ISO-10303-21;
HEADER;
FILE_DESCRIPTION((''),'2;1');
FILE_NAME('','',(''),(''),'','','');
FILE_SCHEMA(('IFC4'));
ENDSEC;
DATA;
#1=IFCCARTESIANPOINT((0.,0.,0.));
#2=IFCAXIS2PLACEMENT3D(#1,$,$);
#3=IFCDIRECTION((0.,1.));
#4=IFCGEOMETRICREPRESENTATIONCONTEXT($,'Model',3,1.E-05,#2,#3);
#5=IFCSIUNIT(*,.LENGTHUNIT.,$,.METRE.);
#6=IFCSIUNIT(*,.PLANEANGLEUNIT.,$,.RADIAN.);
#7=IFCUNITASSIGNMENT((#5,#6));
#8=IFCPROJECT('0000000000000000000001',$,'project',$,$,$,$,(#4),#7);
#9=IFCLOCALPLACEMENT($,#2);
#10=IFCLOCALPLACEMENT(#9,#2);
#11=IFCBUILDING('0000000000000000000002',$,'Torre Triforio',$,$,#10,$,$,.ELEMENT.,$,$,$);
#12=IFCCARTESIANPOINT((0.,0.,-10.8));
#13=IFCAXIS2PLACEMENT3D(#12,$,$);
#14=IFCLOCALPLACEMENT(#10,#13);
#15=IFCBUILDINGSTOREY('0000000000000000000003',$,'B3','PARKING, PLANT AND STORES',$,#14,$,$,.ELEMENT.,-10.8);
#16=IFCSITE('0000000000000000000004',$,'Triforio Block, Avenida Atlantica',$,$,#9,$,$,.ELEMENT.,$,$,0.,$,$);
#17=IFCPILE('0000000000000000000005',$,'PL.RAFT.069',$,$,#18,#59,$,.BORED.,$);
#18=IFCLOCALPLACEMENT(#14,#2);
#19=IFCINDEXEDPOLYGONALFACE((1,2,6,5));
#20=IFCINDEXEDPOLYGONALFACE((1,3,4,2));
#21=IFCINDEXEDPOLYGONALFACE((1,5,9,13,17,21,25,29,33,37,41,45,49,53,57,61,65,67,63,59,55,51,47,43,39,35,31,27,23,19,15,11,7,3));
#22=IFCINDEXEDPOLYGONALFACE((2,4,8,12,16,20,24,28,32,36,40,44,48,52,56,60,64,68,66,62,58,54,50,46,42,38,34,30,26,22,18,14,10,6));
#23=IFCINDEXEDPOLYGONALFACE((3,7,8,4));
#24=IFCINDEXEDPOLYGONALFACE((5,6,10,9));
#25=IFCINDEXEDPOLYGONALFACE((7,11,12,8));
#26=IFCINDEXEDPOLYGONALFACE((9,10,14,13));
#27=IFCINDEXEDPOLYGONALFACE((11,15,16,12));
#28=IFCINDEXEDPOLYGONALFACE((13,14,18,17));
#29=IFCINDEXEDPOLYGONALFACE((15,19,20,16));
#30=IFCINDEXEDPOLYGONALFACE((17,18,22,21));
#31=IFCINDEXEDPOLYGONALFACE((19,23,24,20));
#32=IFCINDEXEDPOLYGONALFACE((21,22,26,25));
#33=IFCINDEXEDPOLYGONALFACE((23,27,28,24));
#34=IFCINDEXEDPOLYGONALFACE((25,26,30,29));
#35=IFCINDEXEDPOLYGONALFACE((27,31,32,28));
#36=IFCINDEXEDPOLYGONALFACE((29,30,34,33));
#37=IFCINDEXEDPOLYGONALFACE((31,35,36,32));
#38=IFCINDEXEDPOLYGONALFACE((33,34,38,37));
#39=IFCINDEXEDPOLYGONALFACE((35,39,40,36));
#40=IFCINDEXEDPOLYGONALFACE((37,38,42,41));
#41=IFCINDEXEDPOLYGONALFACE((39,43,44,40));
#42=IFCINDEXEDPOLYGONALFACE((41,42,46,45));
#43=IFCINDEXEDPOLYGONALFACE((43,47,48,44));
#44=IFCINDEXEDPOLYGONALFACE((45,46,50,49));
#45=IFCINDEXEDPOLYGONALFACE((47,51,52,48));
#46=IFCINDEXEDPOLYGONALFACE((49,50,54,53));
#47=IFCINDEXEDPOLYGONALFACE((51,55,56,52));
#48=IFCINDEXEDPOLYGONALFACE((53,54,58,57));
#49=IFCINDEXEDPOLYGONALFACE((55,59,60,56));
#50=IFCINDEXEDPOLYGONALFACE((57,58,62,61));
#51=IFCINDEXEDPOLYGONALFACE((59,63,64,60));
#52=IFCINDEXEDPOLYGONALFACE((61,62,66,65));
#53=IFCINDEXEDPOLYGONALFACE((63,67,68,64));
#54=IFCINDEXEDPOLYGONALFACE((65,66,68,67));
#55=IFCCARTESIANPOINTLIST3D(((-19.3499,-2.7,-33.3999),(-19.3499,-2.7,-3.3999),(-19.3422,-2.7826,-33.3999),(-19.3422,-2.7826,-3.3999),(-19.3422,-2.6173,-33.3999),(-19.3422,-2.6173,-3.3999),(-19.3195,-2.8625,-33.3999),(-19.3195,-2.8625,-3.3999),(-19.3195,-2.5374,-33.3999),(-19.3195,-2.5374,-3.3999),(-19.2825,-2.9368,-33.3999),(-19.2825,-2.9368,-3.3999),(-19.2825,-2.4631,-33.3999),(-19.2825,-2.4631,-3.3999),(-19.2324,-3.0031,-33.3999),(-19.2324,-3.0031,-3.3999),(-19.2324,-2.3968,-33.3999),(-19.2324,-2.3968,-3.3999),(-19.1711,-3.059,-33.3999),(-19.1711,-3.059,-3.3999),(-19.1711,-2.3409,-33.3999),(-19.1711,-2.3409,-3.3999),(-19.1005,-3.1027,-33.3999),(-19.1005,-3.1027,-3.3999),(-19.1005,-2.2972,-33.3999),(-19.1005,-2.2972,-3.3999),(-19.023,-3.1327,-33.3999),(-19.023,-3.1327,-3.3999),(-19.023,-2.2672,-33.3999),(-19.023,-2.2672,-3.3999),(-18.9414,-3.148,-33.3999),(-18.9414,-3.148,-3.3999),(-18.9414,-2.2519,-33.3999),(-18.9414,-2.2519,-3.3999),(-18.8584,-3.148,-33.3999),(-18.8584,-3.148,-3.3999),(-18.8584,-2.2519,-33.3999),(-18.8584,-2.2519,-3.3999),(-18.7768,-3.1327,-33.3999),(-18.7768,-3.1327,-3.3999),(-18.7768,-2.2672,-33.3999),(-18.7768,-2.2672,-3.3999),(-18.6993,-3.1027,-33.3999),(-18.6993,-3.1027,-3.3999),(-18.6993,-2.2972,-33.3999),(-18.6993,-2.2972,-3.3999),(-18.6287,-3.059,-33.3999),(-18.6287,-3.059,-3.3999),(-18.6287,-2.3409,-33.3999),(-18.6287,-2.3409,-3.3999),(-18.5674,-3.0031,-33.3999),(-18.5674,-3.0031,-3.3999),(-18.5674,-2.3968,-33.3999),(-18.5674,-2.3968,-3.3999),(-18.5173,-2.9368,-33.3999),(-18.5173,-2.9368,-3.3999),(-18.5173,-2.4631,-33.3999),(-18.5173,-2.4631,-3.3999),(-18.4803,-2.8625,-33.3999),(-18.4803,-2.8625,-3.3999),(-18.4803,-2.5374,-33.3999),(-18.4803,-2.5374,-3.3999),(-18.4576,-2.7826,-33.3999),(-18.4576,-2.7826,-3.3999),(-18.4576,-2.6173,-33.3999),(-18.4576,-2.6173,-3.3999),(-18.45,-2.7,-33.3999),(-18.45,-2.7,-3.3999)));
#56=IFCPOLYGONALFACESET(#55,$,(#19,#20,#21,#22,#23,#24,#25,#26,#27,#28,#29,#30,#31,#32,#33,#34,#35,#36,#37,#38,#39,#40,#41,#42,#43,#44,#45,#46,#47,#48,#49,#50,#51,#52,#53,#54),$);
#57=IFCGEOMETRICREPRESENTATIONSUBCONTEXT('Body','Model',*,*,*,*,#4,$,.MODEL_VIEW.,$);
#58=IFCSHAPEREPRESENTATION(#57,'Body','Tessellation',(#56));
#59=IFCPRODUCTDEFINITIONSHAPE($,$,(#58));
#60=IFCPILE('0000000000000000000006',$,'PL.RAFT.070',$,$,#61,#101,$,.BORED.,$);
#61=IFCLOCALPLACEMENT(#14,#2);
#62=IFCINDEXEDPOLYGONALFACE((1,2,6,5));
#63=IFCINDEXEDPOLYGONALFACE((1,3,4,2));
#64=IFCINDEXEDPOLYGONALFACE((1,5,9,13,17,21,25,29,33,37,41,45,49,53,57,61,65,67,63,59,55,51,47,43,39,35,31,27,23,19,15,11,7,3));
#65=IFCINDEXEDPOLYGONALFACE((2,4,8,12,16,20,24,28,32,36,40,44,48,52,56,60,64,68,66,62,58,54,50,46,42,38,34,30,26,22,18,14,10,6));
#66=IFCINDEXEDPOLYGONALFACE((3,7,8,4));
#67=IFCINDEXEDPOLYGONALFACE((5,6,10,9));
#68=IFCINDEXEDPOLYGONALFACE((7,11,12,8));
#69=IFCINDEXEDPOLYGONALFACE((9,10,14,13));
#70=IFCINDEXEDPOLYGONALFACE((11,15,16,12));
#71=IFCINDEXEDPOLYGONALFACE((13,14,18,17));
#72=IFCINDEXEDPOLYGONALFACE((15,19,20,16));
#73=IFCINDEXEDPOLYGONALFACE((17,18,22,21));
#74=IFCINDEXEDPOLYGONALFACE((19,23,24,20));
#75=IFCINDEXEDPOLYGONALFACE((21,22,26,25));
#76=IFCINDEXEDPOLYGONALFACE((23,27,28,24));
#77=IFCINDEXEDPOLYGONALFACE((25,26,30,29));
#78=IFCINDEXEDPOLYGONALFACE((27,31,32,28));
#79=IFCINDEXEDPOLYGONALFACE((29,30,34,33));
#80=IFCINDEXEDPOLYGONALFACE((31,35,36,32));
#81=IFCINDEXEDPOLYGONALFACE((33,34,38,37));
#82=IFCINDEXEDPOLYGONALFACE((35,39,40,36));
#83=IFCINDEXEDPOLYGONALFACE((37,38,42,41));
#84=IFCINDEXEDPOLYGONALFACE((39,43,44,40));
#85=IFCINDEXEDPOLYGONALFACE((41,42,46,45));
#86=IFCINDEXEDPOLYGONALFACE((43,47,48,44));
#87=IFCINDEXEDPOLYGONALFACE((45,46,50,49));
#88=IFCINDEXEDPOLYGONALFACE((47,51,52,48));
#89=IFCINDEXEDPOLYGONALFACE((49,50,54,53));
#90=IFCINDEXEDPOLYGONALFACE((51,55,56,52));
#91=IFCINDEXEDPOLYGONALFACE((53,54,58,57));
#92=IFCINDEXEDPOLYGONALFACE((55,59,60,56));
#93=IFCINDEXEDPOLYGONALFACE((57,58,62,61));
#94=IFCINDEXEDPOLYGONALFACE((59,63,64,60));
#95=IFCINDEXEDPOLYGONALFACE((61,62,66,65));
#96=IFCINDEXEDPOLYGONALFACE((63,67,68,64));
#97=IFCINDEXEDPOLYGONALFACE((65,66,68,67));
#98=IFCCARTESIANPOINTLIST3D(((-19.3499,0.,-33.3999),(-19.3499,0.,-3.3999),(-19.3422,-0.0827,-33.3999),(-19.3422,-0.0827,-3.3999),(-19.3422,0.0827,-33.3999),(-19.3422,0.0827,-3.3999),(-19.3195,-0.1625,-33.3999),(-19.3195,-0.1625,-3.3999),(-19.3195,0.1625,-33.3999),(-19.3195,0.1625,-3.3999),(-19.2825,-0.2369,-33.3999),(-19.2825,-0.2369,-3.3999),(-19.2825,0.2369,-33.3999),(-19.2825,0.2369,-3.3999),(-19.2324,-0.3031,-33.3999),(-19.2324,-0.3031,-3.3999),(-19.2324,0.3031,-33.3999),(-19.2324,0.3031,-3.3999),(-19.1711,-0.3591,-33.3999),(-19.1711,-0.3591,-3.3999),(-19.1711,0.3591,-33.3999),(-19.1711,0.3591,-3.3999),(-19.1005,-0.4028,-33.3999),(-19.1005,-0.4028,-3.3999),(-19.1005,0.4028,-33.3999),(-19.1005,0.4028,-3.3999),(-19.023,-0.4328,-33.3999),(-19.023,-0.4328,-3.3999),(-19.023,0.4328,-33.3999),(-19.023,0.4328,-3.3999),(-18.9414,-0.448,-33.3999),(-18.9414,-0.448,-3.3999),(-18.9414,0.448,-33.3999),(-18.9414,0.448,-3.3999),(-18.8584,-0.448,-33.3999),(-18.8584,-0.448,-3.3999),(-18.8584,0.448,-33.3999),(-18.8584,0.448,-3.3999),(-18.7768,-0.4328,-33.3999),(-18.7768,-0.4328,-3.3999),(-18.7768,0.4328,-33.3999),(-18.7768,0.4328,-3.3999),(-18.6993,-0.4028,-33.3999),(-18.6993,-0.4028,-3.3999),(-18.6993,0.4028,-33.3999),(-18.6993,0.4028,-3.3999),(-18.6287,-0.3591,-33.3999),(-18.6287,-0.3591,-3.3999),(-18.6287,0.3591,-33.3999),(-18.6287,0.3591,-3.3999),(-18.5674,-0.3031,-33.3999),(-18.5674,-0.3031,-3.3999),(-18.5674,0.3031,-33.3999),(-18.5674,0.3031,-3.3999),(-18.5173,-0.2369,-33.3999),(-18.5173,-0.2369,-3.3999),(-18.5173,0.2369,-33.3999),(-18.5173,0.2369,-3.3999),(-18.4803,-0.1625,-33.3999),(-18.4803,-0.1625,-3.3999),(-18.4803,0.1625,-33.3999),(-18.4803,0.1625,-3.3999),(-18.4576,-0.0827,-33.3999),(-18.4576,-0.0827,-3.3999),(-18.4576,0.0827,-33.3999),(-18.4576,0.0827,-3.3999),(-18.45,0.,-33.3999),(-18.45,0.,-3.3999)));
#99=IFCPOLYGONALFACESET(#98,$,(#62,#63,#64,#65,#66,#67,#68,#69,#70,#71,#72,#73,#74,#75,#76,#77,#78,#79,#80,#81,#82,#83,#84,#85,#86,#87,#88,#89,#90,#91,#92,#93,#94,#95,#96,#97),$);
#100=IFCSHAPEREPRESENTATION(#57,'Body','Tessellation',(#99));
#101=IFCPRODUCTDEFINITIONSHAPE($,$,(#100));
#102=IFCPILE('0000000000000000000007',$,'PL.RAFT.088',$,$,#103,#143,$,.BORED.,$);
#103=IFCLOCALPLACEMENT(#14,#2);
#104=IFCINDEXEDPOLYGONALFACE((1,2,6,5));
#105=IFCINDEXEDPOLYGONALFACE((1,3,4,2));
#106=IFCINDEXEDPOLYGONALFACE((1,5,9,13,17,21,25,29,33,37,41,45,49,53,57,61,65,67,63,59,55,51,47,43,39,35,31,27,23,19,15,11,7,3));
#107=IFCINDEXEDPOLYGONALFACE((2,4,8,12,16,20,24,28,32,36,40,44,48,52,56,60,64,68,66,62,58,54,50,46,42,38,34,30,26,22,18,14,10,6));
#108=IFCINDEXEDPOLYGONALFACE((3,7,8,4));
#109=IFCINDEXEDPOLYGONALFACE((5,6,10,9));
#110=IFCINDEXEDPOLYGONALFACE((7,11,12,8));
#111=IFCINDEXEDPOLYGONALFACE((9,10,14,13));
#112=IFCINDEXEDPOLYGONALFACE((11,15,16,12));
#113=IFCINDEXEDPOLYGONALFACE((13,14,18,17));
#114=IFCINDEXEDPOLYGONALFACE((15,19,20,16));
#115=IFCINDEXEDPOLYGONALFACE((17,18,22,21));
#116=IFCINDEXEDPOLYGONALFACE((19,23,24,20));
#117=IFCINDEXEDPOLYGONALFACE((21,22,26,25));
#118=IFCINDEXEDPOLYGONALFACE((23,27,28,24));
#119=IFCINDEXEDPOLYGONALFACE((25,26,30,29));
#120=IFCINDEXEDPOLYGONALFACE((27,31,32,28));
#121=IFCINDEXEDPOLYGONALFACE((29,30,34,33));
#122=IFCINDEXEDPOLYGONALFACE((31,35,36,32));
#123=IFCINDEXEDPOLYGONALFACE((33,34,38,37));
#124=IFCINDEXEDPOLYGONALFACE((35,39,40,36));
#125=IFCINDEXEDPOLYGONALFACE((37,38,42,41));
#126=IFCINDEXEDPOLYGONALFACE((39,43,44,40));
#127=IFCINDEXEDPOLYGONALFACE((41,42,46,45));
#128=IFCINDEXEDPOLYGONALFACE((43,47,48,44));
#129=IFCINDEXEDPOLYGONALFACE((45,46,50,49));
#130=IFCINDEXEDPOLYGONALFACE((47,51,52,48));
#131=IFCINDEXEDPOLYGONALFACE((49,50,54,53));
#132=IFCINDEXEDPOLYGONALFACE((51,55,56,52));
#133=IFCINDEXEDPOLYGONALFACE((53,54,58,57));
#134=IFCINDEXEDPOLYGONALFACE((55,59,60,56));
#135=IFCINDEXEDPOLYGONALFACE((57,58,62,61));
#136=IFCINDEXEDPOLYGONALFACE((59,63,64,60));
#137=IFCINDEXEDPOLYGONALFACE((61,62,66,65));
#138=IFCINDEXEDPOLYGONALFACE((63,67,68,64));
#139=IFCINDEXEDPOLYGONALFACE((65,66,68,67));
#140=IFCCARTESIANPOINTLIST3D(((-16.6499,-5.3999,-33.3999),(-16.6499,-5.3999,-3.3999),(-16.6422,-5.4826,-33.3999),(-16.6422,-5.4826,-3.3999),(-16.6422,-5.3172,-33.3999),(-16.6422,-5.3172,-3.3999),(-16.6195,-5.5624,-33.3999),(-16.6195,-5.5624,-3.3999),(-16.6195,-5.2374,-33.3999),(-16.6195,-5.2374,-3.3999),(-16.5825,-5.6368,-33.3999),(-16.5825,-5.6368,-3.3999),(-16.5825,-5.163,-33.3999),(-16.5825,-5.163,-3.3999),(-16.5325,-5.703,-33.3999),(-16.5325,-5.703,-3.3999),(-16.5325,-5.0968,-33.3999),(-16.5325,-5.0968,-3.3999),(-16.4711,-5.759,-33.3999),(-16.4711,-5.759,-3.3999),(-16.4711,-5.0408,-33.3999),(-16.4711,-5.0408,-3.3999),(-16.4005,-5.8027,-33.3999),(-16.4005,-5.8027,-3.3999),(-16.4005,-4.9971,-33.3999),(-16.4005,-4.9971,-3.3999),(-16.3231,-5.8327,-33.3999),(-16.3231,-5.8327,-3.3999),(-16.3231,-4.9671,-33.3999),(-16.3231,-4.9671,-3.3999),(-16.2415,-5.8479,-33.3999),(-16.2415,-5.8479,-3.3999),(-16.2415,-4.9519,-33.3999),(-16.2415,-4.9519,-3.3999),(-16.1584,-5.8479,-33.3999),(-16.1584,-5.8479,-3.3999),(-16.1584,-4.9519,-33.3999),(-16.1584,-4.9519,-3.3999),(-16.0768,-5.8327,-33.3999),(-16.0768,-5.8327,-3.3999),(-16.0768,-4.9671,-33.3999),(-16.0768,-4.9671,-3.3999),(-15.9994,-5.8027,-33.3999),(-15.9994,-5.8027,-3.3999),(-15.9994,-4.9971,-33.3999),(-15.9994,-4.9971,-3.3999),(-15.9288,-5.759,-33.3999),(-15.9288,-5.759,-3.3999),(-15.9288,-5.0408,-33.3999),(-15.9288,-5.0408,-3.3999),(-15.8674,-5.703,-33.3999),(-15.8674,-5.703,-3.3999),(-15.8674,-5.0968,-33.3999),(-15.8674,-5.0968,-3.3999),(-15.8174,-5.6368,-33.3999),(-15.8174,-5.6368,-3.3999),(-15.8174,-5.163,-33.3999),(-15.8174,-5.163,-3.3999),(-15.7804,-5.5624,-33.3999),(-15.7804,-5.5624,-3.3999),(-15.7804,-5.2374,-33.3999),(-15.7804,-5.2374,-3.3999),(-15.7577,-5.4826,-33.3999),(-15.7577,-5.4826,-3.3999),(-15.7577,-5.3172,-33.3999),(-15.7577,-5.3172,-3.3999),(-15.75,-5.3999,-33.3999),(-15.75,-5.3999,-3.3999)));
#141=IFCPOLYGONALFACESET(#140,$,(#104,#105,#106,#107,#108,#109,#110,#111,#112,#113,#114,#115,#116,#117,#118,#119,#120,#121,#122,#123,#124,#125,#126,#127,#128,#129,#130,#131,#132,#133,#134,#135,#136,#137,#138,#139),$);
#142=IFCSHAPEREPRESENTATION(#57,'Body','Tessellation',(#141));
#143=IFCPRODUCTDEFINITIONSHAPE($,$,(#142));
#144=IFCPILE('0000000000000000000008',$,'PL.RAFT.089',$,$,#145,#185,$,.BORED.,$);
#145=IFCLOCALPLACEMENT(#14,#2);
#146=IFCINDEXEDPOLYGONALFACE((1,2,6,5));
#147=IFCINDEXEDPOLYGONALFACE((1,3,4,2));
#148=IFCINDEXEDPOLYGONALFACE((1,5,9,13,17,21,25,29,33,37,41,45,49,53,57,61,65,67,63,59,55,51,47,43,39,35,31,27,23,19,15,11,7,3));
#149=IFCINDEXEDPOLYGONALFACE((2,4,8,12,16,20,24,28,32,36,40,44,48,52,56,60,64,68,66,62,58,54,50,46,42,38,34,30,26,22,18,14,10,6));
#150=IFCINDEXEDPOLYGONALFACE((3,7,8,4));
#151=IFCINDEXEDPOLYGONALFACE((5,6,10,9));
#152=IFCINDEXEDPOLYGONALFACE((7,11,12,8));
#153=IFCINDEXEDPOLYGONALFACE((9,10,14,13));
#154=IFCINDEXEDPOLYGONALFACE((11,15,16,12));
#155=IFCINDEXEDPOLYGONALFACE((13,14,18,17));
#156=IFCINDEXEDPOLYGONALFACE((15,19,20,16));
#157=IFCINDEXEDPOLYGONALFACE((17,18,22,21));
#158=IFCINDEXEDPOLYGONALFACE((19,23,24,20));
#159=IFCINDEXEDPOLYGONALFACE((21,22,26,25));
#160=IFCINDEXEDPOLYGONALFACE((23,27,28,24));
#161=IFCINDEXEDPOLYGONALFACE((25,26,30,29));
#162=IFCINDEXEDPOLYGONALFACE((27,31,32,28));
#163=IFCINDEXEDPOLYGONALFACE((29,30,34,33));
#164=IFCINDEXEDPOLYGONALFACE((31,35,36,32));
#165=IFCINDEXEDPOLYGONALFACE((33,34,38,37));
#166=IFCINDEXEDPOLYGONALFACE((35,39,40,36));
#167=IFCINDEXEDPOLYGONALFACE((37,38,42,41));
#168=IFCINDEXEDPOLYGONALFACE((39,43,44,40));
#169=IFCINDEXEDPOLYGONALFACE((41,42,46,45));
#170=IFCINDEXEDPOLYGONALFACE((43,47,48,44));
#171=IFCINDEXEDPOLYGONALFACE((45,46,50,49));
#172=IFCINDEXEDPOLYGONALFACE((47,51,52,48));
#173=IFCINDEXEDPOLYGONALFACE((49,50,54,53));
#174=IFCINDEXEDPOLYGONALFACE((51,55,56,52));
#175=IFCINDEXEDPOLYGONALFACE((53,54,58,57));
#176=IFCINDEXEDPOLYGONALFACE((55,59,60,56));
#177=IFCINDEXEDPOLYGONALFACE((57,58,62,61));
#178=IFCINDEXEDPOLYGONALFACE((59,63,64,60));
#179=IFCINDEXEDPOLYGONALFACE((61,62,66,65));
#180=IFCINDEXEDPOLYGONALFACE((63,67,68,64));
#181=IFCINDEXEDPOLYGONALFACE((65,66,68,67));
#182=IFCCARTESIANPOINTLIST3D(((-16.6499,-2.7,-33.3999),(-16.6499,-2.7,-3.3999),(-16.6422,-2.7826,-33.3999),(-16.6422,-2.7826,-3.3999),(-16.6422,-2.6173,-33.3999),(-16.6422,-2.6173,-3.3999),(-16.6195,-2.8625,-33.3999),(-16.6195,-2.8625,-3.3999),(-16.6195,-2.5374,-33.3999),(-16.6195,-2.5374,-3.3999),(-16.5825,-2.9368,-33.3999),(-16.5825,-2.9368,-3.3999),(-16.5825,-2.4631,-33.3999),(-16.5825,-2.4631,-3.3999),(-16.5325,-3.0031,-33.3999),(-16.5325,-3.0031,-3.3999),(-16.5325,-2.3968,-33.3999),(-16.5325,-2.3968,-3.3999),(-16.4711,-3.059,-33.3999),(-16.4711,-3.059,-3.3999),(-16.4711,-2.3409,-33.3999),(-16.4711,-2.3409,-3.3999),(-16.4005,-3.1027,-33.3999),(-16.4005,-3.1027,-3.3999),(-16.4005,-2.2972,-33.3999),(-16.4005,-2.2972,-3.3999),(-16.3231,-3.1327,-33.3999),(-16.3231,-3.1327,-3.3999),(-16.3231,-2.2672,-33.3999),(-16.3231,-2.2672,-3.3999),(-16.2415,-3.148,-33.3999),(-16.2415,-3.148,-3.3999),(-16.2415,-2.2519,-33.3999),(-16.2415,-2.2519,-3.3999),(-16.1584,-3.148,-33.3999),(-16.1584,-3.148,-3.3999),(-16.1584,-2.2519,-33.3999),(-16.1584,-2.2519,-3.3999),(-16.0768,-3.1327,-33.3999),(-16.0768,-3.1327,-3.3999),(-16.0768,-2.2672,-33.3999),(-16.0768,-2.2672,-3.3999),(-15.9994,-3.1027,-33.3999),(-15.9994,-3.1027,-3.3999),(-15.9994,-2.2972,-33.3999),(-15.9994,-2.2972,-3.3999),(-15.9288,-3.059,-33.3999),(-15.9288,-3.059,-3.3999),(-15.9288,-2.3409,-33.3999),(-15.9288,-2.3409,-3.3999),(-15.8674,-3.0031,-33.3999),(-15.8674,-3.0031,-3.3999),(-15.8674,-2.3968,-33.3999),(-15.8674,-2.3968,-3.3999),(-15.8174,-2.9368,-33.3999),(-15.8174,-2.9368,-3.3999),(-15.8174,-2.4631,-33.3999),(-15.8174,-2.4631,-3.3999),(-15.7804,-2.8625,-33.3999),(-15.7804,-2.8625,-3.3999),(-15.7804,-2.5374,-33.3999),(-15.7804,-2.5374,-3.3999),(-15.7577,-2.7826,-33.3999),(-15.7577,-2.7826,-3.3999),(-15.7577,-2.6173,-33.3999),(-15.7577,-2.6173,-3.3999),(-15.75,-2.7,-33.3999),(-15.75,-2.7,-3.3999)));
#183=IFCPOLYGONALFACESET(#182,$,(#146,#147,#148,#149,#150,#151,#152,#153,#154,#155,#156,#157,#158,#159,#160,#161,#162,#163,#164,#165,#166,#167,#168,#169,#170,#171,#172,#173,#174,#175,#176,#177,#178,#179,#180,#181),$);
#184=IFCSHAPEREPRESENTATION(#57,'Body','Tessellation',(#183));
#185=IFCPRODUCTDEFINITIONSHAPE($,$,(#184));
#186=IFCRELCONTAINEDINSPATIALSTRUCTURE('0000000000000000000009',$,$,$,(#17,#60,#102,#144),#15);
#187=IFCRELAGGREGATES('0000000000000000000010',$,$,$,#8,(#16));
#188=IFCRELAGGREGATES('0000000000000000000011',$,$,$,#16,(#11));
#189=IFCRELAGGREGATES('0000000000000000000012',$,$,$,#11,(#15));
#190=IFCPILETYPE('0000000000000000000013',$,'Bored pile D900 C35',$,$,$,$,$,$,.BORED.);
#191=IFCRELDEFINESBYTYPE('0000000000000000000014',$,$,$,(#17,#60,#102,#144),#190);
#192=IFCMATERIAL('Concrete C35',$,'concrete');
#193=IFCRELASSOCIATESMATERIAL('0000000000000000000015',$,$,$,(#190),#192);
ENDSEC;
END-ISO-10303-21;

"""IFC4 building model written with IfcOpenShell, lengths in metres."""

from ifc_helpers import new_model, si_unit, direction, frame, origin, origin_2d, place, context, subcontext, project, spatial, circle, extrude, material, material_profile, profile_set, type_object, element, save


model = new_model("IFC4")

# Units and contexts
model_context = context("Model", 3, precision=1e-05, world=origin(), true_north=direction((0.0, 1.0)))
body_context = subcontext(model_context, "Body", "Model", "MODEL_VIEW")
ifc_project = project(units=[si_unit("LENGTHUNIT", "METRE"), si_unit("PLANEANGLEUNIT", "RADIAN")], contexts=[model_context])

# Site, building, storey
site_placement = place(None, origin())
site = spatial("IfcSite", under=ifc_project, at=site_placement, Name="Triforio Block, Avenida Atlantica", CompositionType="ELEMENT", RefElevation=0.0)
building_placement = place(site_placement, origin())
building = spatial("IfcBuilding", under=site, at=building_placement, Name="Torre Triforio", CompositionType="ELEMENT")
storey_placement = place(building_placement, frame((0.0, 0.0, -10.8)))
storey = spatial("IfcBuildingStorey", under=building, at=storey_placement, Name="B3", Description="PARKING, PLANT AND STORES", CompositionType="ELEMENT", Elevation=-10.8)

# Piles
ifc_material_1 = material(Name="Concrete C35", Category="concrete")
ifc_material_profile_1 = material_profile(ifc_material_1, circle(Radius=0.45, at=origin_2d()), Name="RC D900")
ifc_profile_set_1 = profile_set([ifc_material_profile_1], Name="Concrete C35")
pile_type = type_object("IfcPileType", Name="Bored pile D900 C35", PredefinedType="BORED", material=ifc_profile_set_1)
for number, where, z_axis, x_axis, name in (
    (1, (-18.8999, -2.7, -3.3999), (0.0, 0.0, -1.0), (1.0, 0.0, 0.0), "PL.RAFT.069"),
    (2, (-18.8999, 0.0, -3.3999), (0.0, 0.0, -1.0), (1.0, 0.0, 0.0), "PL.RAFT.070"),
    (3, (-16.2, -5.3999, -3.3999), (0.0, 0.0, -1.0), (1.0, 0.0, 0.0), "PL.RAFT.088"),
    (4, (-16.2, -2.7, -3.3999), (0.0, 0.0, -1.0), (1.0, 0.0, 0.0), "PL.RAFT.089"),
):
    element("IfcPile", number, at=place(storey_placement, frame(where, z_axis=z_axis, x_axis=x_axis)), inside=storey, type_object=pile_type, Name=name, PredefinedType="BORED", context=body_context, shape_type="SweptSolid", body=[
        extrude(circle(Radius=0.45, at=origin_2d()), origin(), (0.0, 0.0, 1.0), 30.0),
    ])

save(model, "model.ifc")
